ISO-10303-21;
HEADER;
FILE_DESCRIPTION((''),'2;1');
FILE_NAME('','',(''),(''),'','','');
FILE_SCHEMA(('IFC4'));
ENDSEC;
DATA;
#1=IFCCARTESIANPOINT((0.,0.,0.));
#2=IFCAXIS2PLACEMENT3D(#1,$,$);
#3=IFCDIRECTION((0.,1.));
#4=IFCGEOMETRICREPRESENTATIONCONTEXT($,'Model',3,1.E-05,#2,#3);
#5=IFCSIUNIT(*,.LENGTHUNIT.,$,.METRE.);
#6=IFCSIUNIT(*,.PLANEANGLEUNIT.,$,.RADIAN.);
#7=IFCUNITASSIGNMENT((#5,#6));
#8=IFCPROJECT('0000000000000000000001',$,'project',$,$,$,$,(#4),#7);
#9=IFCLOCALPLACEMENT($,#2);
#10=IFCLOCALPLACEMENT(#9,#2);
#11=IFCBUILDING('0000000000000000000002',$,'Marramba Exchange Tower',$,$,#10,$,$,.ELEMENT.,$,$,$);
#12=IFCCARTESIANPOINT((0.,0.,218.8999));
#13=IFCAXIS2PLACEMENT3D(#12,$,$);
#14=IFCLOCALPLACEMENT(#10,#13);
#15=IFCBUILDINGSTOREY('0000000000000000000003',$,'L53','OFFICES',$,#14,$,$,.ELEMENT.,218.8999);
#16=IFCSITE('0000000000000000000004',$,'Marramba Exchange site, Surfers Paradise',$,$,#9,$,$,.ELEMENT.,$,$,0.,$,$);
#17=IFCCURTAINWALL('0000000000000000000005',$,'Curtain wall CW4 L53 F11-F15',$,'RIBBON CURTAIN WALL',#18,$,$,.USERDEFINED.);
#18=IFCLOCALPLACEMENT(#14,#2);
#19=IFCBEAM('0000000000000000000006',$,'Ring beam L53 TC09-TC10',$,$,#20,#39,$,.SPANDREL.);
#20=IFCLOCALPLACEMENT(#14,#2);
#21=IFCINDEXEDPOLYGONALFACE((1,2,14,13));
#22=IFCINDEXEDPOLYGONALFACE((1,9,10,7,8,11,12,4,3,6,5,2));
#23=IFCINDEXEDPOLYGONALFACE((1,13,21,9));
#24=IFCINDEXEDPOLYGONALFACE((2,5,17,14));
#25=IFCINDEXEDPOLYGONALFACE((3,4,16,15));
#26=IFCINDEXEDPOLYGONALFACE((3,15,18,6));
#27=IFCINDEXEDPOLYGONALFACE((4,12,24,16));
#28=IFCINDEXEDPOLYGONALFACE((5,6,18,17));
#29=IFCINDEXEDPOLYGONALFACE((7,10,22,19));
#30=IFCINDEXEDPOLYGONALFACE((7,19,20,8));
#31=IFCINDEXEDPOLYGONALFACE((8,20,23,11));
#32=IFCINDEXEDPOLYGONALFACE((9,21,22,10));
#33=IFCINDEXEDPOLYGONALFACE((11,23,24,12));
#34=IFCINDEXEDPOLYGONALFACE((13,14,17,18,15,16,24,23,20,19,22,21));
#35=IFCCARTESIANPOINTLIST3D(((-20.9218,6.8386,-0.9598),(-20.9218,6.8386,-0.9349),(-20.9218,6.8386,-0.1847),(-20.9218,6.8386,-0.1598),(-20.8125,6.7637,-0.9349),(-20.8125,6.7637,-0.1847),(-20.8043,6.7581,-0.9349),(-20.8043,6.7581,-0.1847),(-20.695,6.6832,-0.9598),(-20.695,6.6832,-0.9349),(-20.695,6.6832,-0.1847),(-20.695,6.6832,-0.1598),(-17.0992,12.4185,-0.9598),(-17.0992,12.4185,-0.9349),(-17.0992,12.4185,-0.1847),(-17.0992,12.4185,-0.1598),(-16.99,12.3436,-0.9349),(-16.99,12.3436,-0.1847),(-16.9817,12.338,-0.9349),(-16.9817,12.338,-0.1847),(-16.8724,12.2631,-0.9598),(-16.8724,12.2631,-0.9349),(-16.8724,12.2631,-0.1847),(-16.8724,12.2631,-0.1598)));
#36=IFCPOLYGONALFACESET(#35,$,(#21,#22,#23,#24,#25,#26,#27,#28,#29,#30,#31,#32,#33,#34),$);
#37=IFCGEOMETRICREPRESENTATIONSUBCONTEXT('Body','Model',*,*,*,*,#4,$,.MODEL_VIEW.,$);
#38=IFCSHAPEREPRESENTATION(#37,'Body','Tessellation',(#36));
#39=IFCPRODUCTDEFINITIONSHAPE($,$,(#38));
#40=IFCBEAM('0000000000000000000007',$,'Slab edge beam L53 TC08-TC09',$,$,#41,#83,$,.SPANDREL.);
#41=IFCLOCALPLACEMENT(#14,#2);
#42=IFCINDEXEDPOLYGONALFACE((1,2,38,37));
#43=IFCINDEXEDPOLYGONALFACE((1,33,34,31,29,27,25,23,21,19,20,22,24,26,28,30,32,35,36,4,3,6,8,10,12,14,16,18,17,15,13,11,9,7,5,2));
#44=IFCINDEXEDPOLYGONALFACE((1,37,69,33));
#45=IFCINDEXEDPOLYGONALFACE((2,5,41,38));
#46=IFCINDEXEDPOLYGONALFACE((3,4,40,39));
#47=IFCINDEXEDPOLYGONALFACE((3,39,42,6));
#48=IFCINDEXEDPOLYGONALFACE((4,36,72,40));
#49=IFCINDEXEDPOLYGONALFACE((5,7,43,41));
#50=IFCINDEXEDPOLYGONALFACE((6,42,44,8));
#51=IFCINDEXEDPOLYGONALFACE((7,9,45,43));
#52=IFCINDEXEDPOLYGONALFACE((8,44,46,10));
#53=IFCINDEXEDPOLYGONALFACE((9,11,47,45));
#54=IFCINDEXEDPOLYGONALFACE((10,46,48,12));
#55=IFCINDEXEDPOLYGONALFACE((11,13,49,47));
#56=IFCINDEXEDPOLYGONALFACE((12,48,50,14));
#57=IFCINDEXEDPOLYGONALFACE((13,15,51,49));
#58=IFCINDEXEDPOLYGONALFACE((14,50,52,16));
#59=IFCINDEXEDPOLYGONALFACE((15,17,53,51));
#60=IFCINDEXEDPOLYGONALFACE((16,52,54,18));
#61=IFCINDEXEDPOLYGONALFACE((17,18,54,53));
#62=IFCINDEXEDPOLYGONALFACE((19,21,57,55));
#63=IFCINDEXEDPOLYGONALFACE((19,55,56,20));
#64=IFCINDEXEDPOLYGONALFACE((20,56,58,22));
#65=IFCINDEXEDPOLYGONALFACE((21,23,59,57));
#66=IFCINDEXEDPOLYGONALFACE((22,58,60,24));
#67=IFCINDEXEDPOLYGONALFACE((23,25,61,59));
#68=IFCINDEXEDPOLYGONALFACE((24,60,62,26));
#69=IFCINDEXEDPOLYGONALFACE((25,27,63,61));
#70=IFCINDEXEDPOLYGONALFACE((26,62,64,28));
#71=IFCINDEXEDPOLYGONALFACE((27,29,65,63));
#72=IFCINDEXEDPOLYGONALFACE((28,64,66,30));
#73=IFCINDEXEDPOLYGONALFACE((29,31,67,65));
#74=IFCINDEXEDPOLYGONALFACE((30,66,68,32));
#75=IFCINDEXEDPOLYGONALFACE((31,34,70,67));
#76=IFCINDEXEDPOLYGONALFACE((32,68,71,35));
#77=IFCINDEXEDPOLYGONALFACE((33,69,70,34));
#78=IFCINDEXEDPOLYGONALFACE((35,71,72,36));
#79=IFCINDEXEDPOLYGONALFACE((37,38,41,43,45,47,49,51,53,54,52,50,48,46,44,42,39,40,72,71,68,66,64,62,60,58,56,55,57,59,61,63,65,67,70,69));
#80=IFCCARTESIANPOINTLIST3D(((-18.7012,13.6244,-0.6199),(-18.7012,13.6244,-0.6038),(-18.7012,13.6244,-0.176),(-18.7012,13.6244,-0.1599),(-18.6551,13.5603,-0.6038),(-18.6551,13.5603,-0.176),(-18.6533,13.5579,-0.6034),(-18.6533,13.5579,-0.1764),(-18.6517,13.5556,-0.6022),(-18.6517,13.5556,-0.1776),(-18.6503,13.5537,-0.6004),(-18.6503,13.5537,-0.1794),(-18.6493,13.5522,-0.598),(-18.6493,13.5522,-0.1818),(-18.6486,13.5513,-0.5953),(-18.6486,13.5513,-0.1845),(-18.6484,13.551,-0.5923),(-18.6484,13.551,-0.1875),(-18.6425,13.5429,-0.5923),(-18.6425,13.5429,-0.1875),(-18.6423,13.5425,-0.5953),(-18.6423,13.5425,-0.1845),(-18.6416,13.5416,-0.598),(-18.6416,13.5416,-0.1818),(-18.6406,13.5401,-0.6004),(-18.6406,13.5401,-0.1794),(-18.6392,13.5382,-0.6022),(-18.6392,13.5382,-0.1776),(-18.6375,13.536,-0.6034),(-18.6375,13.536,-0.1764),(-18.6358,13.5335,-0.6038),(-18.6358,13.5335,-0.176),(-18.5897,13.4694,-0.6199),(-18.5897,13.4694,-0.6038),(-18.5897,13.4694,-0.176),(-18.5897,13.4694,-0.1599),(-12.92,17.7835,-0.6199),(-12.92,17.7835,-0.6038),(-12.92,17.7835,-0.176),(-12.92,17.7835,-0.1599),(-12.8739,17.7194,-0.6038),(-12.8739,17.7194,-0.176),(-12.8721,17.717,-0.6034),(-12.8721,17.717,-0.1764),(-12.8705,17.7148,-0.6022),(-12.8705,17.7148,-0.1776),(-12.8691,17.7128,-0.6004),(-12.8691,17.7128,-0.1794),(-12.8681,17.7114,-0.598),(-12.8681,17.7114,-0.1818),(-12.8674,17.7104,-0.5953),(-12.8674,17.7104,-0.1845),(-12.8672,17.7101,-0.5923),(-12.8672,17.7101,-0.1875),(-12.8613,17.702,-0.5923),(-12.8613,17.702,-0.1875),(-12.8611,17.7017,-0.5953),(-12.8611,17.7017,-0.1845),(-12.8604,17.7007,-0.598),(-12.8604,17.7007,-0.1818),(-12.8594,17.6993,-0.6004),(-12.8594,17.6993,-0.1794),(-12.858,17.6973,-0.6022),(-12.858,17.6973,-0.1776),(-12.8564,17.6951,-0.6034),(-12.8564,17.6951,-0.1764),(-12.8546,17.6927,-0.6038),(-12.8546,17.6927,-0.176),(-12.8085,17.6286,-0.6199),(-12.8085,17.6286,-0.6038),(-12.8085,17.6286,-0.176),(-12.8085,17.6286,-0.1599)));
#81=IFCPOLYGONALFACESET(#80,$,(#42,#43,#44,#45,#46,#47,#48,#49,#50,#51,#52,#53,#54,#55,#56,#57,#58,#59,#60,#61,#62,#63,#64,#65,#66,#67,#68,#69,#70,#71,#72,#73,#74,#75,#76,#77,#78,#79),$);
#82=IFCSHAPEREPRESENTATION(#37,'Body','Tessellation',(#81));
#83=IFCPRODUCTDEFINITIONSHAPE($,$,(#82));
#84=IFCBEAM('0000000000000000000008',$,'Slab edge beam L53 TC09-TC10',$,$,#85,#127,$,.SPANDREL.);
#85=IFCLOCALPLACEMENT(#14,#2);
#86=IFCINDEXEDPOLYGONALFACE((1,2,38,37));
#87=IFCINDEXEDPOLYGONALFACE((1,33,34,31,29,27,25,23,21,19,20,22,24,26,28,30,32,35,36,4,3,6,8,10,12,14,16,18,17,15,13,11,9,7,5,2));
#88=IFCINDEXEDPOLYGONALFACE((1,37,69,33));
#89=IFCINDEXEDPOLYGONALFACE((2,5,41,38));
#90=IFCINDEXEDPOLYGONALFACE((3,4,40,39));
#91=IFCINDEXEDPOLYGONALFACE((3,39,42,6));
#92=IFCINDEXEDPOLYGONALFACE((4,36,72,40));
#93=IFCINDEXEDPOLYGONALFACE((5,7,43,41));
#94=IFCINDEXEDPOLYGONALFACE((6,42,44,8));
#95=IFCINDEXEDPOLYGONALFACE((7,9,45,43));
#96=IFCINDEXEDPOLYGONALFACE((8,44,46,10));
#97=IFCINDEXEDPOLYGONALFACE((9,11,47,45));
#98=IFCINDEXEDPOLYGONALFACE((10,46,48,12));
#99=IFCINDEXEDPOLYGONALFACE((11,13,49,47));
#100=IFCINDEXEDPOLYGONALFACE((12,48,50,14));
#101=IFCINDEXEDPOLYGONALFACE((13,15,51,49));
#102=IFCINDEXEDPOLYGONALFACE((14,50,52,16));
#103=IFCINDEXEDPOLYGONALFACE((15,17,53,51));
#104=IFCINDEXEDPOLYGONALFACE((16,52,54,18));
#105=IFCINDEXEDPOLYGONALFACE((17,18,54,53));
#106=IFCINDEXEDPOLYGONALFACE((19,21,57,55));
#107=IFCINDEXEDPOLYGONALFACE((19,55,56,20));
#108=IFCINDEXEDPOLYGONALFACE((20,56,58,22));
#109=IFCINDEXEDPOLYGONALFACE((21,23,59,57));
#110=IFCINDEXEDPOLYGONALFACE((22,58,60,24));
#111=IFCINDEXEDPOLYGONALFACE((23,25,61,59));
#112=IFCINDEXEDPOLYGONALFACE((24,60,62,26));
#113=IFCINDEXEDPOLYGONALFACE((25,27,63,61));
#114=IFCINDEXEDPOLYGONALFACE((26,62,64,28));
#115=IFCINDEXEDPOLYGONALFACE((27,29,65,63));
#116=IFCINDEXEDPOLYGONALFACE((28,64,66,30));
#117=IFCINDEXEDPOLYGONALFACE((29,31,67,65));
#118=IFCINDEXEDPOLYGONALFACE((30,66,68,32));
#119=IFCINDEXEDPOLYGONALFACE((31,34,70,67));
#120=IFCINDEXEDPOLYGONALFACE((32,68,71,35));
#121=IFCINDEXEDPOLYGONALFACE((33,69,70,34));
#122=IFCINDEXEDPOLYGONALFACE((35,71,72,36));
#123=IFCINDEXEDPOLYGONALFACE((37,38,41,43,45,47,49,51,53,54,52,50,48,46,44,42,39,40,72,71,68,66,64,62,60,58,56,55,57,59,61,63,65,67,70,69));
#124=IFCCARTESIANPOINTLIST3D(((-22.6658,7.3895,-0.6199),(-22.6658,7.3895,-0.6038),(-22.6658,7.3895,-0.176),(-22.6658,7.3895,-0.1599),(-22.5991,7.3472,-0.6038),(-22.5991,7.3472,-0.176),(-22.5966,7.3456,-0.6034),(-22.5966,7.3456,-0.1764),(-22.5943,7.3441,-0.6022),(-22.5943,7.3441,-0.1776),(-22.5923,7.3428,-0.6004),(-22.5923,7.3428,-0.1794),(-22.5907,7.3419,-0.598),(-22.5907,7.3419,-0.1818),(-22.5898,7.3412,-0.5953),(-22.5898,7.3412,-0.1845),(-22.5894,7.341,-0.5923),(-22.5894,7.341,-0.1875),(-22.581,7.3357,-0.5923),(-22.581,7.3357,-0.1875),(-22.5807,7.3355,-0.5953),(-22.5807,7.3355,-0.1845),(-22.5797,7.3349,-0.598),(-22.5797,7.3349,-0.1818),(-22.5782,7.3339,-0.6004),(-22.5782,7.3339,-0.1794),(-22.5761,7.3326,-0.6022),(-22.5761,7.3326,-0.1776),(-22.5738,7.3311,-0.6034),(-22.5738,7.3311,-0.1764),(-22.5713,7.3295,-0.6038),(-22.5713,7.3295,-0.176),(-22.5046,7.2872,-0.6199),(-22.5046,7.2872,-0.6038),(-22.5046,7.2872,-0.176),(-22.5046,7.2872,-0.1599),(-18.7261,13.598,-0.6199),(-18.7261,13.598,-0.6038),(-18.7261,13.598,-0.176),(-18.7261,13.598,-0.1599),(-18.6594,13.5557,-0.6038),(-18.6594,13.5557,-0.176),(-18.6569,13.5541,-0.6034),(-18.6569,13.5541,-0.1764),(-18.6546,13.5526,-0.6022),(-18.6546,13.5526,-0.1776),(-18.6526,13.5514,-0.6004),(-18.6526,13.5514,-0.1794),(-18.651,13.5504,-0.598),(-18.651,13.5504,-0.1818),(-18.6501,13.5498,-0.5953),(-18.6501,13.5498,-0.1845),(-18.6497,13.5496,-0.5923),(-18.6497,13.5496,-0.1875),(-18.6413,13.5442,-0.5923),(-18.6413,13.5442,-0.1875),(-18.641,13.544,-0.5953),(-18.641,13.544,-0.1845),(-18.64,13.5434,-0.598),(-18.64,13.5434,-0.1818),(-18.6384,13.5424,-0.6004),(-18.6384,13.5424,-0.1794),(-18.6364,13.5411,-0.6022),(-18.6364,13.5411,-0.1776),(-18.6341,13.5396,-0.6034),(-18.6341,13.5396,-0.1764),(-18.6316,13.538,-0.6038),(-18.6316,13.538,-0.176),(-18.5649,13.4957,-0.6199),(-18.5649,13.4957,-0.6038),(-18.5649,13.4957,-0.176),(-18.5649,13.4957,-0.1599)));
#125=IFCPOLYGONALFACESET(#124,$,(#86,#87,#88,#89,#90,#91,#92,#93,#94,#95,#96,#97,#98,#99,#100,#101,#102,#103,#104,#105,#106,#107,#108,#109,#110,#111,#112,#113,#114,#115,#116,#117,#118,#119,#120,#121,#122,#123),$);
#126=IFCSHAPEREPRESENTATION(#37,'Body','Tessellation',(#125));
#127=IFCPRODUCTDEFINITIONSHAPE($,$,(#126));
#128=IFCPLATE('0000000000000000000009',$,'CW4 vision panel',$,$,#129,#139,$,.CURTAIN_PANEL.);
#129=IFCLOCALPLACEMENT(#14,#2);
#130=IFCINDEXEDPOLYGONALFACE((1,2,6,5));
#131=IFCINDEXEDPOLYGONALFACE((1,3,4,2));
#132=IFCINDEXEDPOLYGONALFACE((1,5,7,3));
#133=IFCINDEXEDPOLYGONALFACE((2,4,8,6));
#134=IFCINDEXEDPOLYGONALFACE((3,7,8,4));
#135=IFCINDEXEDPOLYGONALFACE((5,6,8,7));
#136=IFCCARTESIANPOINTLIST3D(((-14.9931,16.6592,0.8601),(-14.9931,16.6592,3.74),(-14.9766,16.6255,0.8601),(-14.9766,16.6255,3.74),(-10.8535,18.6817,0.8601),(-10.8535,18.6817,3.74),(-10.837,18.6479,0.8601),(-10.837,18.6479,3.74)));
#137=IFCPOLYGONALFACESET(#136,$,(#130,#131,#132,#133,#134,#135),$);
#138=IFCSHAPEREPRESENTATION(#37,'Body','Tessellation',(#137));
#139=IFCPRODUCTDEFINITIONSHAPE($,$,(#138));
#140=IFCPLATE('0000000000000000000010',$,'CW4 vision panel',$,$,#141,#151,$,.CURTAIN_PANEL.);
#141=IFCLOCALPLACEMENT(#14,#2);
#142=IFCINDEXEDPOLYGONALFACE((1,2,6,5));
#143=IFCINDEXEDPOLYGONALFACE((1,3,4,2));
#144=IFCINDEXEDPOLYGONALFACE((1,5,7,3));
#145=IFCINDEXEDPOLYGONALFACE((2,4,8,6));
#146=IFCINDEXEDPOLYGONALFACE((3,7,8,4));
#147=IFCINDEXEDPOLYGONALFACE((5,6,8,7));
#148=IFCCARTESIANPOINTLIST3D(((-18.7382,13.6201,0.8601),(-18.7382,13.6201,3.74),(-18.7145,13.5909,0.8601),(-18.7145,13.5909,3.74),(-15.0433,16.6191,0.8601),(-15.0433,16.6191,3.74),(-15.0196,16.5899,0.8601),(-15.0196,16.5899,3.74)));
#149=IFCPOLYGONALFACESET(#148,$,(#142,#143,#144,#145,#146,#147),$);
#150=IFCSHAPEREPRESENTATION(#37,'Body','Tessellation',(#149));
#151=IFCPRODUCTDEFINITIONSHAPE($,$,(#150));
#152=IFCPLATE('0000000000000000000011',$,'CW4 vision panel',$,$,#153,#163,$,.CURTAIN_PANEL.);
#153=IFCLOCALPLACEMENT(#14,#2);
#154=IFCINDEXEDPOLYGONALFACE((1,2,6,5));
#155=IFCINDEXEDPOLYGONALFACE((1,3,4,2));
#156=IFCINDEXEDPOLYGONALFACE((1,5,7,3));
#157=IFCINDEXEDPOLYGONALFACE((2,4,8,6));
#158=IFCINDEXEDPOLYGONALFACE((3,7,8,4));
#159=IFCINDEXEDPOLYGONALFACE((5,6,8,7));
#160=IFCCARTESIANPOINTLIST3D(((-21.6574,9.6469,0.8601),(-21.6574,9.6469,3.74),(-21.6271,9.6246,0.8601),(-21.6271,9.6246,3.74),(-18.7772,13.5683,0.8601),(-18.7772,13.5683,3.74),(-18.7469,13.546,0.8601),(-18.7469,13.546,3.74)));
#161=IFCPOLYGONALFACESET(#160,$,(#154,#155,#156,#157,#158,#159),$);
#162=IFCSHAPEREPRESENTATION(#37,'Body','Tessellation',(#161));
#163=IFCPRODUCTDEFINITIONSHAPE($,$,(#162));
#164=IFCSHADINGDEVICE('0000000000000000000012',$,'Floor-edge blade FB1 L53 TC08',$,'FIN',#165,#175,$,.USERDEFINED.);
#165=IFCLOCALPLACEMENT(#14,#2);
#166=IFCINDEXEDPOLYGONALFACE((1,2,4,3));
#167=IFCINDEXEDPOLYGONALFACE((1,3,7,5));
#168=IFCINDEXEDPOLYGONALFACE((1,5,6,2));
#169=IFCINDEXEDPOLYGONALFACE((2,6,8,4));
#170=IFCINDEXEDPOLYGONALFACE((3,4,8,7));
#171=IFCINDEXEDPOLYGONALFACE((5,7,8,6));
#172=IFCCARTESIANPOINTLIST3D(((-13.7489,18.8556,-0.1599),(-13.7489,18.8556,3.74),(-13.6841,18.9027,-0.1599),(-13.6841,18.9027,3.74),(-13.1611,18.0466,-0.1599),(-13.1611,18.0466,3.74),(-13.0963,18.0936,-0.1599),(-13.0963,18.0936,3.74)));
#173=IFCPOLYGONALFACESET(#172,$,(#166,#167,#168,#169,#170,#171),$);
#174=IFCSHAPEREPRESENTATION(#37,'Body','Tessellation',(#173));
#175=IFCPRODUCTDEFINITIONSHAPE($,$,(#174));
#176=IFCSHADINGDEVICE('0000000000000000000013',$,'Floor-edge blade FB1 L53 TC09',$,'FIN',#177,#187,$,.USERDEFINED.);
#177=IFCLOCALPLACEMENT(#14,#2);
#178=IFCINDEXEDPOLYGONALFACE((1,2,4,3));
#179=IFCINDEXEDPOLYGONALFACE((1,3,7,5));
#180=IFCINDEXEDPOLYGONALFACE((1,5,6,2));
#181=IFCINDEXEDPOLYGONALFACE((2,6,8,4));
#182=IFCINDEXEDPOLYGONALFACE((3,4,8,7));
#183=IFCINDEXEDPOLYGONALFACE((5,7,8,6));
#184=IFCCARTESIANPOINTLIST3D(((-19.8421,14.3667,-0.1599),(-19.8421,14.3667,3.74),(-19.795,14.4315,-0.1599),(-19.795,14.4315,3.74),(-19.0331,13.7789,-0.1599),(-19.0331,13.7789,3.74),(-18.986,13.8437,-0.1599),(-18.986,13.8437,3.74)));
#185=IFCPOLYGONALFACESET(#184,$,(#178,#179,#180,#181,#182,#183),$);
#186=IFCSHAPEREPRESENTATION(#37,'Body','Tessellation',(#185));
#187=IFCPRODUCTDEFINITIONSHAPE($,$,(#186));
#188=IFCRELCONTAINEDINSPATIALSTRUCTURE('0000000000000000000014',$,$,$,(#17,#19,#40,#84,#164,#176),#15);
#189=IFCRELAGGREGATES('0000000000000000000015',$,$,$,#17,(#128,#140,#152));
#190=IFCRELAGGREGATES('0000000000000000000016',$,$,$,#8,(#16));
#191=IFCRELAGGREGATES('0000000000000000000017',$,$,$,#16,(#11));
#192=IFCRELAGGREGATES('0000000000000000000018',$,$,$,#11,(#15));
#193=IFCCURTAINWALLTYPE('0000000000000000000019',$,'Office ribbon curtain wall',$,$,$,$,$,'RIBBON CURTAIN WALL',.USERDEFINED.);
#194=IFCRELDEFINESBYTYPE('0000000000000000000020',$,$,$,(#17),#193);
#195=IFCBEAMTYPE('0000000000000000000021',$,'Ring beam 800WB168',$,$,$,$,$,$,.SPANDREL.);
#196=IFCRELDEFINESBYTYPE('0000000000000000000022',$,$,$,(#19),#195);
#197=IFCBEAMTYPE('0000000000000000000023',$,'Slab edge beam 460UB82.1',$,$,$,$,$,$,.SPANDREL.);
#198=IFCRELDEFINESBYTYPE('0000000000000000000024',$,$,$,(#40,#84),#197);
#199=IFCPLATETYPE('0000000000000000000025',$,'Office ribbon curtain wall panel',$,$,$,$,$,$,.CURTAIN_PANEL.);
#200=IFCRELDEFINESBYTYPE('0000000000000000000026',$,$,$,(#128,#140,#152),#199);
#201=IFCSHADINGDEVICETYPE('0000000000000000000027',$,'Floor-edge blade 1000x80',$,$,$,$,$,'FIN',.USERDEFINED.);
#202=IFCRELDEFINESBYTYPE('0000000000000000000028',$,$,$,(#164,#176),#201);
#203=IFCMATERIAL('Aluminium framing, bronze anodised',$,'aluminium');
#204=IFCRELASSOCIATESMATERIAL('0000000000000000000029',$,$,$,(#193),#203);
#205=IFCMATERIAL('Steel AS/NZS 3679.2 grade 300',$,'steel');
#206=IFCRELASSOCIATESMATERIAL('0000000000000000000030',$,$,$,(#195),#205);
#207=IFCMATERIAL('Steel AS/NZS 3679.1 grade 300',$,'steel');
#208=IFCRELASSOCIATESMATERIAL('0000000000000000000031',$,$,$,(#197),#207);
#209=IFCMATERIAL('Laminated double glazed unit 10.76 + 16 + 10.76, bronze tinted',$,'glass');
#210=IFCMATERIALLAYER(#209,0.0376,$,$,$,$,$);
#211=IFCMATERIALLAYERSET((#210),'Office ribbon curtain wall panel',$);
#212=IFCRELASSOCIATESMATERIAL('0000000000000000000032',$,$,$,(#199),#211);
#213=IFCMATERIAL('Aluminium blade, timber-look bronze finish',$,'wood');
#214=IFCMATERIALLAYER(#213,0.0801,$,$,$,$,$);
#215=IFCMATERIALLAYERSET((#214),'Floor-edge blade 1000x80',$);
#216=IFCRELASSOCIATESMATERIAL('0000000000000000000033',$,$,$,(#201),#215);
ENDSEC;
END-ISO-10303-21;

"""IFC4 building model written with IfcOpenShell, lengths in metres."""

from ifc_helpers import new_model, si_unit, direction, frame, origin, origin_2d, place, context, subcontext, project, spatial, rectangle, i_section, extrude, material, layer, layer_set, material_profile, profile_set, type_object, element, aggregate, save


model = new_model("IFC4")

# Units and contexts
model_context = context("Model", 3, precision=1e-05, world=origin(), true_north=direction((0.0, 1.0)))
body_context = subcontext(model_context, "Body", "Model", "MODEL_VIEW")
ifc_project = project(units=[si_unit("LENGTHUNIT", "METRE"), si_unit("PLANEANGLEUNIT", "RADIAN")], contexts=[model_context])

# Site, building, storey
site_placement = place(None, origin())
site = spatial("IfcSite", under=ifc_project, at=site_placement, Name="Marramba Exchange site, Surfers Paradise", CompositionType="ELEMENT", RefElevation=0.0)
building_placement = place(site_placement, origin())
building = spatial("IfcBuilding", under=site, at=building_placement, Name="Marramba Exchange Tower", CompositionType="ELEMENT")
storey_placement = place(building_placement, frame((0.0, 0.0, 218.8999)))
storey = spatial("IfcBuildingStorey", under=building, at=storey_placement, Name="L53", Description="OFFICES", CompositionType="ELEMENT", Elevation=218.8999)

# Shared definitions
ifc_material_1 = material(Name="Steel AS/NZS 3679.2 grade 300", Category="steel")
ifc_material_2 = material(Name="Steel AS/NZS 3679.1 grade 300", Category="steel")

# Curtain wall
ifc_material_3 = material(Name="Aluminium framing, bronze anodised", Category="aluminium")
curtain_wall_type = type_object("IfcCurtainWallType", Name="Office ribbon curtain wall", ElementType="RIBBON CURTAIN WALL", PredefinedType="USERDEFINED", material=ifc_material_3)
curtain_wall_placement = place(storey_placement, origin())
curtain_wall = element("IfcCurtainWall", 1, at=curtain_wall_placement, inside=storey, type_object=curtain_wall_type, Name="Curtain wall CW4 L53 F11-F15", ObjectType="RIBBON CURTAIN WALL", PredefinedType="USERDEFINED")

# Beams
ifc_material_profile_1 = material_profile(ifc_material_1, i_section(OverallWidth=0.2749, OverallDepth=0.8, WebThickness=0.01, FlangeThickness=0.0249, at=origin_2d()), Name="800WB168")
ifc_profile_set_1 = profile_set([ifc_material_profile_1], Name="Steel AS/NZS 3679.2 grade 300")
beam_type_1 = type_object("IfcBeamType", Name="Ring beam 800WB168", PredefinedType="SPANDREL", material=ifc_profile_set_1)
beam_1_placement = place(storey_placement, frame((-16.9858, 12.3408, -0.5598), z_axis=(-0.56516, -0.824981, 0.0), x_axis=(0.824981, -0.56516, 0.0)))
element("IfcBeam", 2, at=beam_1_placement, inside=storey, type_object=beam_type_1, Name="Ring beam L53 TC09-TC10", PredefinedType="SPANDREL", context=body_context, shape_type="SweptSolid", body=[
    extrude(i_section(OverallWidth=0.2749, OverallDepth=0.8, WebThickness=0.01, FlangeThickness=0.0249, at=origin_2d()), origin(), (0.0, 0.0, 1.0), 6.7637),
])
ifc_material_profile_2 = material_profile(ifc_material_2, i_section(OverallWidth=0.1909, OverallDepth=0.46, WebThickness=0.01, FlangeThickness=0.0161, FilletRadius=0.0115, at=origin_2d()), Name="460UB82.1")
ifc_profile_set_2 = profile_set([ifc_material_profile_2], Name="Steel AS/NZS 3679.1 grade 300")
beam_type_2 = type_object("IfcBeamType", Name="Slab edge beam 460UB82.1", PredefinedType="SPANDREL", material=ifc_profile_set_2)
beam_2_placement = place(storey_placement, frame((-12.8643, 17.7061, -0.3899), z_axis=(-0.811755, -0.583998, 0.0), x_axis=(0.583998, -0.811755, 0.0)))
element("IfcBeam", 3, at=beam_2_placement, inside=storey, type_object=beam_type_2, Name="Slab edge beam L53 TC08-TC09", PredefinedType="SPANDREL", context=body_context, shape_type="SweptSolid", body=[
    extrude(i_section(OverallWidth=0.1909, OverallDepth=0.46, WebThickness=0.01, FlangeThickness=0.0161, FilletRadius=0.0115, at=origin_2d()), origin(), (0.0, 0.0, 1.0), 7.1218),
])
beam_3_placement = place(storey_placement, frame((-18.6455, 13.5469, -0.3899), z_axis=(-0.535794, -0.844348, 0.0), x_axis=(0.844348, -0.535794, 0.0)))
element("IfcBeam", 4, at=beam_3_placement, inside=storey, type_object=beam_type_2, Name="Slab edge beam L53 TC09-TC10", PredefinedType="SPANDREL", context=body_context, shape_type="SweptSolid", body=[
    extrude(i_section(OverallWidth=0.1909, OverallDepth=0.46, WebThickness=0.01, FlangeThickness=0.0161, FilletRadius=0.0115, at=origin_2d()), origin(), (0.0, 0.0, 1.0), 7.353),
])

# Plates
ifc_material_4 = material(Name="Laminated double glazed unit 10.76 + 16 + 10.76, bronze tinted", Category="glass")
ifc_layer_1 = layer(ifc_material_4, 0.0376)
ifc_layer_set_1 = layer_set([ifc_layer_1], Name="Office ribbon curtain wall panel")
plate_type = type_object("IfcPlateType", Name="Office ribbon curtain wall panel", PredefinedType="CURTAIN_PANEL", material=ifc_layer_set_1)
plate_1_placement = place(storey_placement, frame((-12.915, 17.6536, 0.8601), z_axis=(0.0, 0.0, 1.0), x_axis=(-0.898501, -0.438972, 0.0)))
plate_1 = element("IfcPlate", 5, at=plate_1_placement, type_object=plate_type, Name="CW4 vision panel", PredefinedType="CURTAIN_PANEL", context=body_context, shape_type="SweptSolid", body=[
    extrude(rectangle(XDim=4.6072, YDim=0.0376, at=origin_2d()), origin(), (0.0, 0.0, 1.0), 2.8799),
])
plate_2_placement = place(storey_placement, frame((-16.8789, 15.105, 0.8601), z_axis=(0.0, 0.0, 1.0), x_axis=(-0.776432, -0.630201, 0.0)))
plate_2 = element("IfcPlate", 6, at=plate_2_placement, type_object=plate_type, Name="CW4 vision panel", PredefinedType="CURTAIN_PANEL", context=body_context, shape_type="SweptSolid", body=[
    extrude(rectangle(XDim=4.7588, YDim=0.0376, at=origin_2d()), origin(), (0.0, 0.0, 1.0), 2.8799),
])
plate_3_placement = place(storey_placement, frame((-20.2021, 11.5964, 0.8601), z_axis=(0.0, 0.0, 1.0), x_axis=(-0.591963, -0.805965, 0.0)))
plate_3 = element("IfcPlate", 7, at=plate_3_placement, type_object=plate_type, Name="CW4 vision panel", PredefinedType="CURTAIN_PANEL", context=body_context, shape_type="SweptSolid", body=[
    extrude(rectangle(XDim=4.8655, YDim=0.0376, at=origin_2d()), origin(), (0.0, 0.0, 1.0), 2.8799),
])
aggregate(curtain_wall, [plate_1, plate_2, plate_3])

# Shading devices
ifc_material_5 = material(Name="Aluminium blade, timber-look bronze finish", Category="wood")
ifc_layer_2 = layer(ifc_material_5, 0.0801)
ifc_layer_set_2 = layer_set([ifc_layer_2], Name="Floor-edge blade 1000x80")
shading_device_type_1 = type_object("IfcShadingDeviceType", Name="Floor-edge blade 1000x80", ElementType="FIN", PredefinedType="USERDEFINED", material=ifc_layer_set_2)
for number, where, z_axis, x_axis, name in (
    (8, (-13.4226, 18.4746, -0.1599), (0.0, 0.0, 1.0), (-0.587785, 0.809017, 0.0), "Floor-edge blade FB1 L53 TC08"),
    (9, (-19.4141, 14.1052, -0.1599), (0.0, 0.0, 1.0), (-0.809017, 0.587785, 0.0), "Floor-edge blade FB1 L53 TC09"),
):
    element("IfcShadingDevice", number, at=place(storey_placement, frame(where, z_axis=z_axis, x_axis=x_axis)), inside=storey, type_object=shading_device_type_1, Name=name, ObjectType="FIN", PredefinedType="USERDEFINED", context=body_context, shape_type="SweptSolid", body=[
        extrude(rectangle(XDim=1.0, YDim=0.0801, at=origin_2d()), origin(), (0.0, 0.0, 1.0), 3.8999),
    ])

save(model, "model.ifc")
